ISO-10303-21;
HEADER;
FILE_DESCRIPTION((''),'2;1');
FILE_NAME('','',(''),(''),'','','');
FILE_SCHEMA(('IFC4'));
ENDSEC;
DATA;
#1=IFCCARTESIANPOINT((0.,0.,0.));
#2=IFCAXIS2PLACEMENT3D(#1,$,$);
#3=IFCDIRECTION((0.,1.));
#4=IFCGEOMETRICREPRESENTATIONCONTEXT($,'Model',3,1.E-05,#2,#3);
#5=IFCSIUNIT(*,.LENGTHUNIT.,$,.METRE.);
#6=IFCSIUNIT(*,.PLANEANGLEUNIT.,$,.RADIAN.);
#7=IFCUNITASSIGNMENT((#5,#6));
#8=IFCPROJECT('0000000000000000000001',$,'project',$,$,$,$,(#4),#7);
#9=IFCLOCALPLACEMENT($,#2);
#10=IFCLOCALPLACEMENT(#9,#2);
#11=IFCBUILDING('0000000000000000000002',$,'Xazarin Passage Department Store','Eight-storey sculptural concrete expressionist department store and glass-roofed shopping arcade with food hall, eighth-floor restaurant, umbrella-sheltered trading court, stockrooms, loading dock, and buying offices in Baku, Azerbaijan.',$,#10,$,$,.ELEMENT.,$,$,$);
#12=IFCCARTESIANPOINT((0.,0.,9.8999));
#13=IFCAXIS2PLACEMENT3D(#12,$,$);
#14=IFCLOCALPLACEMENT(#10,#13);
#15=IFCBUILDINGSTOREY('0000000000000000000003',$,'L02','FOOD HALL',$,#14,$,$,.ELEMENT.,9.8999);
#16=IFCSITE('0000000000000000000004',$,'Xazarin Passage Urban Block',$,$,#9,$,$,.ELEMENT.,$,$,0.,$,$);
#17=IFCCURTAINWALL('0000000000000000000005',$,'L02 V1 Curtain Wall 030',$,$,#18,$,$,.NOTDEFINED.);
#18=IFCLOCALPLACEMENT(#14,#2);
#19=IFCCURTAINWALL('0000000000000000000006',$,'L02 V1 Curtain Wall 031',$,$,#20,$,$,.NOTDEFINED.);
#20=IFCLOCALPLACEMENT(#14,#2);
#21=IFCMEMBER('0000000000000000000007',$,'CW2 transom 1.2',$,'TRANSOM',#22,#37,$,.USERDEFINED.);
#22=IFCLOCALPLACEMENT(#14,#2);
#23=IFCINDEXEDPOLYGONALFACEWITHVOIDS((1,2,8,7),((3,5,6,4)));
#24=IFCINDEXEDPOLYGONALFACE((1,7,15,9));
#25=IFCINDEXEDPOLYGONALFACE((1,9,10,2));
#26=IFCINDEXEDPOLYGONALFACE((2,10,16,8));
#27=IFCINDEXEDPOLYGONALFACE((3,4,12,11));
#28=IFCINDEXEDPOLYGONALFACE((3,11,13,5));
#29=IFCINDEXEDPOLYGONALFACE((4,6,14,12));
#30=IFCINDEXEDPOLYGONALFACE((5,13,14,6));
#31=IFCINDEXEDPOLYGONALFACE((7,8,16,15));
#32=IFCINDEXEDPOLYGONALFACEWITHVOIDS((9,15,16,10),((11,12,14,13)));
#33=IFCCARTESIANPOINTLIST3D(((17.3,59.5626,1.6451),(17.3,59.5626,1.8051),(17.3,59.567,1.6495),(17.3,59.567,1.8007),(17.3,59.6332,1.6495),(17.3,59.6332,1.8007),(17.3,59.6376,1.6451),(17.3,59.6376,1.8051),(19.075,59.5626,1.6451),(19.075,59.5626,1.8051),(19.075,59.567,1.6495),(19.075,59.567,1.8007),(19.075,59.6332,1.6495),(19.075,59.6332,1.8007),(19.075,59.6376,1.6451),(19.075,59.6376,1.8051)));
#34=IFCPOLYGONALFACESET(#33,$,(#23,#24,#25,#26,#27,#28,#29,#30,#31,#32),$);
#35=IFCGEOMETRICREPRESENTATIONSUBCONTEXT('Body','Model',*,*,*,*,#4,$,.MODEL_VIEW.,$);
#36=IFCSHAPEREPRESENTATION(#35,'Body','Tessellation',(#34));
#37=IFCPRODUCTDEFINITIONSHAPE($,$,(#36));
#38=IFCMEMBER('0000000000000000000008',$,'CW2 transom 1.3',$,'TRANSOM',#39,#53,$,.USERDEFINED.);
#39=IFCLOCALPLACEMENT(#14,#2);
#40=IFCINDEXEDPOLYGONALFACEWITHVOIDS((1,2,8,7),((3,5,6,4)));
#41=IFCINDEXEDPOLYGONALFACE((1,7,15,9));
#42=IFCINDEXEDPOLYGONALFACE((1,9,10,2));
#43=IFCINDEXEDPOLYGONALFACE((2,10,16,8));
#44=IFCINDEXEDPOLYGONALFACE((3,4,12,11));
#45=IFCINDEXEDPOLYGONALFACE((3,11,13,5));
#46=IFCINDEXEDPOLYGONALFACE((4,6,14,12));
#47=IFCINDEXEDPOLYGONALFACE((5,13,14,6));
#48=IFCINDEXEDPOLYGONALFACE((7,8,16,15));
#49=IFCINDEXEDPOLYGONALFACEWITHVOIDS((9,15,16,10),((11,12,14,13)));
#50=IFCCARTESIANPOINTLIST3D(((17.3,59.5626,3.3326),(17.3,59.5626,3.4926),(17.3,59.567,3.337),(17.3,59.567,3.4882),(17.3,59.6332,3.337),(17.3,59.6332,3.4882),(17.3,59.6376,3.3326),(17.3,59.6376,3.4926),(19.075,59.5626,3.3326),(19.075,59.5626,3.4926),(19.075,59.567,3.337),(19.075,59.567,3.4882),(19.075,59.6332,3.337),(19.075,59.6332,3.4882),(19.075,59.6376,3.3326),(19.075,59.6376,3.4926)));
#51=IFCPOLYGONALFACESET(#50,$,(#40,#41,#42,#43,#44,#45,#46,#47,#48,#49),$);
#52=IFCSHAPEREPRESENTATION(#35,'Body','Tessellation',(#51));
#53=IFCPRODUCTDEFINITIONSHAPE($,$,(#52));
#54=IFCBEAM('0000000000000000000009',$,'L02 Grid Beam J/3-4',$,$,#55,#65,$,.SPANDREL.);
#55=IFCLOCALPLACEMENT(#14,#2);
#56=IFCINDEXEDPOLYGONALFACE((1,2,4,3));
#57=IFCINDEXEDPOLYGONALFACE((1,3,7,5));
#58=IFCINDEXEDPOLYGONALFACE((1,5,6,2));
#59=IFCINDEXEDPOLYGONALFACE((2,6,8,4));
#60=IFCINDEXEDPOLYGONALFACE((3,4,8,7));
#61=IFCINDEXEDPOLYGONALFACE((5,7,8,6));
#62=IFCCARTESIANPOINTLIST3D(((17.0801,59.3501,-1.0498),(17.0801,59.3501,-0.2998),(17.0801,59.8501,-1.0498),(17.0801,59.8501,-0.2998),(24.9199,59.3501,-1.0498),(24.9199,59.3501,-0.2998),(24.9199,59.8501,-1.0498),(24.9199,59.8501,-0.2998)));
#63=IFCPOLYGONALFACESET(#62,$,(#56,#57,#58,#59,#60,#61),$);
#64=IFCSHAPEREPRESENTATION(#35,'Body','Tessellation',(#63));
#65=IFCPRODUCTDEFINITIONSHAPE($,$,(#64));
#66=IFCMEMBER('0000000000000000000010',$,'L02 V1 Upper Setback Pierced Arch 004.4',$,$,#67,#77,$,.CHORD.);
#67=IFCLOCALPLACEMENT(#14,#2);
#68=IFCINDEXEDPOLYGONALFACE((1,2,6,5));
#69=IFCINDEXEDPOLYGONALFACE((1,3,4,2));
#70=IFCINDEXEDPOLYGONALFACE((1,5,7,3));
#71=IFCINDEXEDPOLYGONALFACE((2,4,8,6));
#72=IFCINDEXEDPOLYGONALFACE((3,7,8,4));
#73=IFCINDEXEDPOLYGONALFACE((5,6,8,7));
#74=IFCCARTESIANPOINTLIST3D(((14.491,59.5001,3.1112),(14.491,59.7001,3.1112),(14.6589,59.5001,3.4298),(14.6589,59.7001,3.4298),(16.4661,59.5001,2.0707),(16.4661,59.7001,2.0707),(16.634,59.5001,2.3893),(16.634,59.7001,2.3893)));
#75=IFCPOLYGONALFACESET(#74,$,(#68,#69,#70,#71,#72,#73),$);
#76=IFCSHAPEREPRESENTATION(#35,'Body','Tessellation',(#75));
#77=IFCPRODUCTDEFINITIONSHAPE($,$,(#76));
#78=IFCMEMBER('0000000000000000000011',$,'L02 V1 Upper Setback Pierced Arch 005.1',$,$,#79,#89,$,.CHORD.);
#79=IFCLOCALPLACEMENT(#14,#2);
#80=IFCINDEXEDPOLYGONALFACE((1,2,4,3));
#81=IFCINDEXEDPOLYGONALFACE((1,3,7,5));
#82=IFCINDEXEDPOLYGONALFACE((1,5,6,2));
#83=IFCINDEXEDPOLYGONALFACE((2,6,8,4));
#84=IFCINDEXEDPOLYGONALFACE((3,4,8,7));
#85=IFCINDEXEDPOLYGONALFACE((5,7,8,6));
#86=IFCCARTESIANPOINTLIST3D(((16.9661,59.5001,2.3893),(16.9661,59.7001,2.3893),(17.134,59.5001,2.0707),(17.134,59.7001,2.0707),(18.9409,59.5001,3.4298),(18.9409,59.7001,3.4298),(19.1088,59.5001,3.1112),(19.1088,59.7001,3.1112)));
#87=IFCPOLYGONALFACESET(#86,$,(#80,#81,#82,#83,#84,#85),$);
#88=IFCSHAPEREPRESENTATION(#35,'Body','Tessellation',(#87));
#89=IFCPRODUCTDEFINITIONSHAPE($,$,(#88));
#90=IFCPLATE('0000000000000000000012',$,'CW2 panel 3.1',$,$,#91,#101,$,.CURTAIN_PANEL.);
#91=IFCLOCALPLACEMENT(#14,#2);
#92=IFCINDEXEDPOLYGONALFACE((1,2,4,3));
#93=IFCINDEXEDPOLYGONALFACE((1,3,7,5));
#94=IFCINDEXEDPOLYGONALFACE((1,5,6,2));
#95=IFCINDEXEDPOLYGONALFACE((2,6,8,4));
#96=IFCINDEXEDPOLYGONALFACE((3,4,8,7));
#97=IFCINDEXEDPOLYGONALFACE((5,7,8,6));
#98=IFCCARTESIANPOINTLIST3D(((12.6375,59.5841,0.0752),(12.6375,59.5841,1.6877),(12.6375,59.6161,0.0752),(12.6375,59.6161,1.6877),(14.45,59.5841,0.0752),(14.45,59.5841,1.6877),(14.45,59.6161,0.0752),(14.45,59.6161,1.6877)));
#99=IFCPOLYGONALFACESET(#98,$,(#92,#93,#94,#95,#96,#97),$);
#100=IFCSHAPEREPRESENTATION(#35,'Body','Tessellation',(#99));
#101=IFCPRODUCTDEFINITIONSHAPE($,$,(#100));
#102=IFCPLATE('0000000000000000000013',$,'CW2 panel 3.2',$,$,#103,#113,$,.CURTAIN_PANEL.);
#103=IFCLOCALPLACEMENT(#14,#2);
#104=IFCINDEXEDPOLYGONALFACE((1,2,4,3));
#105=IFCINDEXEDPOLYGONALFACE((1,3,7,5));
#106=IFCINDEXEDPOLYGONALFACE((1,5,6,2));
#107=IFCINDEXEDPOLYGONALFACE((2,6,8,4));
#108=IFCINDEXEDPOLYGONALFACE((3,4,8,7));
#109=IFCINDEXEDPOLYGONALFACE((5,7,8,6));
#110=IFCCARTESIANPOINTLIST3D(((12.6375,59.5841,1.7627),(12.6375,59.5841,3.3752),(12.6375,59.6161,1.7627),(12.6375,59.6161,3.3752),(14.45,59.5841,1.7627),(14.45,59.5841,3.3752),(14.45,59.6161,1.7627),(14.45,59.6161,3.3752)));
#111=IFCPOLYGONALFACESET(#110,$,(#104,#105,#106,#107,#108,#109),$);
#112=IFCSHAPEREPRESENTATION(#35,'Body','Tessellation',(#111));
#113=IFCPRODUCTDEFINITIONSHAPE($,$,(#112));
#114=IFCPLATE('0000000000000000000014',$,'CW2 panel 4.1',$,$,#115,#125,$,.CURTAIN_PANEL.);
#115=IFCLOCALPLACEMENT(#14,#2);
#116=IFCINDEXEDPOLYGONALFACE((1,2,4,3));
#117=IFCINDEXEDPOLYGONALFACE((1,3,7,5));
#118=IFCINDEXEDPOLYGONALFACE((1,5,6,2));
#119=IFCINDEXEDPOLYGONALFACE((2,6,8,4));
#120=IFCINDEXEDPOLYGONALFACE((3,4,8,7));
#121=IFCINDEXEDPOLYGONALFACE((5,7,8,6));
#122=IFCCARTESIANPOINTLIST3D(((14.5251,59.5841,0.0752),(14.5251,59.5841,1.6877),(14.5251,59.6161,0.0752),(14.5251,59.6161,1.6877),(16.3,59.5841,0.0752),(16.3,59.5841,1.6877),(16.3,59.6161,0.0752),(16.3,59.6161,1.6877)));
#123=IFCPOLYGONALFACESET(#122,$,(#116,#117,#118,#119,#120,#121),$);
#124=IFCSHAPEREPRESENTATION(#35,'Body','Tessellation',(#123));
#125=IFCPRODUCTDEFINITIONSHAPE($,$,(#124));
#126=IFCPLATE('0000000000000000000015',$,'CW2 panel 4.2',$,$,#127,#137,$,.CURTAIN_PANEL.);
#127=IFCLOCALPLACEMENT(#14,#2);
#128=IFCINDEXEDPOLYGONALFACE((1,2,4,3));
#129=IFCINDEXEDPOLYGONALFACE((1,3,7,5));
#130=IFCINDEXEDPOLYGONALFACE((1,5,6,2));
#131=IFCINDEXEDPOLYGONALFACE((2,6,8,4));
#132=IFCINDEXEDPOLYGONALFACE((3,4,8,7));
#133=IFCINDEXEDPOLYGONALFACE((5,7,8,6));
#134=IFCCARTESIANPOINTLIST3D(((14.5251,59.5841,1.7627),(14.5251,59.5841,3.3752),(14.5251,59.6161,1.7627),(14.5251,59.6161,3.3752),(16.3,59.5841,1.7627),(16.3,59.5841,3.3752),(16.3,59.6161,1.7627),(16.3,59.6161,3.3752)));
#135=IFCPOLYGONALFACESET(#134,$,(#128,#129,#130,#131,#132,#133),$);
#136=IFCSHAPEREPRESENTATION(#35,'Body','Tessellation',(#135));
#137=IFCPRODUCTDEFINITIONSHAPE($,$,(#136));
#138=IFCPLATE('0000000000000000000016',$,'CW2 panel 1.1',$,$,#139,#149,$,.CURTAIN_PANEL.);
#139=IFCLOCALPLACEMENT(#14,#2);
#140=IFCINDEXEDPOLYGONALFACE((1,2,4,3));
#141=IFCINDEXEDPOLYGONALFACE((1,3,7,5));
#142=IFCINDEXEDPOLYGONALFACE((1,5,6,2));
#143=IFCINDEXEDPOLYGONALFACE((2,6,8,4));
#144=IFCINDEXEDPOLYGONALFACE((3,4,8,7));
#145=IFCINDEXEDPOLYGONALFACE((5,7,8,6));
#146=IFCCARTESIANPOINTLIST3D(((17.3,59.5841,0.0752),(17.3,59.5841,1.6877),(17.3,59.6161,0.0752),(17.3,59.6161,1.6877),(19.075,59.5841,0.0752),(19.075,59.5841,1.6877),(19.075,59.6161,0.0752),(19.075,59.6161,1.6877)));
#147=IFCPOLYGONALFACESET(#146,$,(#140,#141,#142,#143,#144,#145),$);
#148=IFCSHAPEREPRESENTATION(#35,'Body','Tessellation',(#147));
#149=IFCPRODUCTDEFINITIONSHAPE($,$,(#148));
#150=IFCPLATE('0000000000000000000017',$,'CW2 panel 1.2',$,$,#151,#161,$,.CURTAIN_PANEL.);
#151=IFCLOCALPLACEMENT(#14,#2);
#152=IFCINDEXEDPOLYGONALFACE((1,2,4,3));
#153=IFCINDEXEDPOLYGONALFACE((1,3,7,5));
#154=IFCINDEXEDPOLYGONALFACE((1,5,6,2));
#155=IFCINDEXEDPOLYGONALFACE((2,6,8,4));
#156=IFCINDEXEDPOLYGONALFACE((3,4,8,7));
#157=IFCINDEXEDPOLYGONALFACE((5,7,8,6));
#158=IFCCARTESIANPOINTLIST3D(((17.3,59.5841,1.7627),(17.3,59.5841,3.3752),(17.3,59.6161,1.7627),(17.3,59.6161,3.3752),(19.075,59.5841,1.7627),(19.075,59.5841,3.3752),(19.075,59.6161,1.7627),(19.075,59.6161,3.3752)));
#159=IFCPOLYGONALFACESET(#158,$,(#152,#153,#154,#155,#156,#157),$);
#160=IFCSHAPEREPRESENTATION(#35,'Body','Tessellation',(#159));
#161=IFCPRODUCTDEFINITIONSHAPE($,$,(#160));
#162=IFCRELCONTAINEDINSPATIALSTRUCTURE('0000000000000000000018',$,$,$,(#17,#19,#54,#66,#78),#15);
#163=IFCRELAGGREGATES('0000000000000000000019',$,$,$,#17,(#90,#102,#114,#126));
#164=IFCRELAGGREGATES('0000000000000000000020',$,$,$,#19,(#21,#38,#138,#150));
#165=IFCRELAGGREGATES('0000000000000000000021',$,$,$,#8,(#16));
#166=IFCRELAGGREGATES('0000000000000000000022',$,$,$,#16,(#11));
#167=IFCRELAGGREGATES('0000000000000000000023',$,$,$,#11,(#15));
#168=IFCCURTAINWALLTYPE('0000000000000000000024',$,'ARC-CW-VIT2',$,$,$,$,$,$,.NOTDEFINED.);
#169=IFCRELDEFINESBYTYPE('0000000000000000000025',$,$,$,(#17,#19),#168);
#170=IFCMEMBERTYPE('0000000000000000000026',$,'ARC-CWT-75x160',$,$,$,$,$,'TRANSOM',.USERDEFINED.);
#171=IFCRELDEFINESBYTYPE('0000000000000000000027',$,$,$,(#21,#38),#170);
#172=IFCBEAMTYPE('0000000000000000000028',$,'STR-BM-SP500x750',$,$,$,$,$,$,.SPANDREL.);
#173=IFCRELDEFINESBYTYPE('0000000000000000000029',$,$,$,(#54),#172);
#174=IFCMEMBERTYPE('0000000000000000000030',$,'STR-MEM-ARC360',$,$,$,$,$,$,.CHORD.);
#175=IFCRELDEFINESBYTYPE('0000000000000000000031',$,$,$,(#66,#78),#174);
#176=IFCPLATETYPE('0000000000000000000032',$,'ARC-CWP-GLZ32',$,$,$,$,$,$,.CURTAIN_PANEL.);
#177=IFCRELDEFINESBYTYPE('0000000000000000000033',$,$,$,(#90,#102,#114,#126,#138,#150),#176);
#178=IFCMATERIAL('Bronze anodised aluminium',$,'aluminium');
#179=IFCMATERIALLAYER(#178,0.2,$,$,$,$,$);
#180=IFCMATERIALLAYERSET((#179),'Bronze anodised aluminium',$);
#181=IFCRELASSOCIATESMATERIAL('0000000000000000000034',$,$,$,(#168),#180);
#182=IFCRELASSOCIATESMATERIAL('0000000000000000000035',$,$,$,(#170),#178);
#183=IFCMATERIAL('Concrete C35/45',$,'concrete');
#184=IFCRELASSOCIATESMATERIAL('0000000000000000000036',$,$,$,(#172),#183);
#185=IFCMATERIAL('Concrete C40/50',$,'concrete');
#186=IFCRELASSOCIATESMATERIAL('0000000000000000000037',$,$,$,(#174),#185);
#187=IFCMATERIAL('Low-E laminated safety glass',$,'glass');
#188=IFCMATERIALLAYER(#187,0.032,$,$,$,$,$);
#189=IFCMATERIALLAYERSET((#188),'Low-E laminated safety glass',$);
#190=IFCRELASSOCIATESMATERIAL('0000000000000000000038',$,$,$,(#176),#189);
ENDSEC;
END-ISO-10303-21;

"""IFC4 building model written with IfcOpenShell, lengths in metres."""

from ifc_helpers import new_model, si_unit, direction, frame, origin, origin_2d, place, context, subcontext, project, spatial, rectangle, hollow_rectangle, extrude, material, layer, layer_set, material_profile, profile_set, type_object, element, aggregate, save


model = new_model("IFC4")

# Units and contexts
model_context = context("Model", 3, precision=1e-05, world=origin(), true_north=direction((0.0, 1.0)))
body_context = subcontext(model_context, "Body", "Model", "MODEL_VIEW")
ifc_project = project(units=[si_unit("LENGTHUNIT", "METRE"), si_unit("PLANEANGLEUNIT", "RADIAN")], contexts=[model_context])

# Site, building, storey
site_placement = place(None, origin())
site = spatial("IfcSite", under=ifc_project, at=site_placement, Name="Xazarin Passage Urban Block", CompositionType="ELEMENT", RefElevation=0.0)
building_placement = place(site_placement, origin())
building = spatial("IfcBuilding", under=site, at=building_placement, Name="Xazarin Passage Department Store", Description="Eight-storey sculptural concrete expressionist department store and glass-roofed shopping arcade with food hall, eighth-floor restaurant, umbrella-sheltered trading court, stockrooms, loading dock, and buying offices in Baku, Azerbaijan.", CompositionType="ELEMENT")
storey_placement = place(building_placement, frame((0.0, 0.0, 9.8999)))
storey = spatial("IfcBuildingStorey", under=building, at=storey_placement, Name="L02", Description="FOOD HALL", CompositionType="ELEMENT", Elevation=9.8999)

# Shared definitions
ifc_material_1 = material(Name="Concrete C40/50", Category="concrete")

# Curtain wall
ifc_material_2 = material(Name="Bronze anodised aluminium", Category="aluminium")
ifc_layer_1 = layer(ifc_material_2, 0.2)
ifc_layer_set_1 = layer_set([ifc_layer_1], Name="Bronze anodised aluminium")
curtain_wall_type = type_object("IfcCurtainWallType", Name="ARC-CW-VIT2", PredefinedType="NOTDEFINED", material=ifc_layer_set_1)
curtain_wall_1_placement = place(storey_placement, origin())
curtain_wall_1 = element("IfcCurtainWall", 1, at=curtain_wall_1_placement, inside=storey, type_object=curtain_wall_type, Name="L02 V1 Curtain Wall 030", PredefinedType="NOTDEFINED")

# Curtain wall
curtain_wall_2_placement = place(storey_placement, origin())
curtain_wall_2 = element("IfcCurtainWall", 2, at=curtain_wall_2_placement, inside=storey, type_object=curtain_wall_type, Name="L02 V1 Curtain Wall 031", PredefinedType="NOTDEFINED")

# Members
ifc_material_profile_1 = material_profile(ifc_material_2, hollow_rectangle(XDim=0.075, YDim=0.1599, WallThickness=0.0044, at=origin_2d()), Name="ALU 75x160")
ifc_profile_set_1 = profile_set([ifc_material_profile_1], Name="Bronze anodised aluminium")
member_type_1 = type_object("IfcMemberType", Name="ARC-CWT-75x160", ElementType="TRANSOM", PredefinedType="USERDEFINED", material=ifc_profile_set_1)
member_1_placement = place(storey_placement, frame((17.3, 59.6001, 1.7251), z_axis=(1.0, 0.0, 0.0), x_axis=(0.0, 1.0, 0.0)))
member_1 = element("IfcMember", 3, at=member_1_placement, type_object=member_type_1, Name="CW2 transom 1.2", ObjectType="TRANSOM", PredefinedType="USERDEFINED", context=body_context, shape_type="SweptSolid", body=[
    extrude(hollow_rectangle(XDim=0.075, YDim=0.1599, WallThickness=0.0044, at=origin_2d()), origin(), (0.0, 0.0, 1.0), 1.7749),
])
member_2_placement = place(storey_placement, frame((17.3, 59.6001, 3.4126), z_axis=(1.0, 0.0, 0.0), x_axis=(0.0, 1.0, 0.0)))
member_2 = element("IfcMember", 4, at=member_2_placement, type_object=member_type_1, Name="CW2 transom 1.3", ObjectType="TRANSOM", PredefinedType="USERDEFINED", context=body_context, shape_type="SweptSolid", body=[
    extrude(hollow_rectangle(XDim=0.075, YDim=0.1599, WallThickness=0.0044, at=origin_2d()), origin(), (0.0, 0.0, 1.0), 1.7749),
])

# Beam
ifc_material_3 = material(Name="Concrete C35/45", Category="concrete")
ifc_material_profile_2 = material_profile(ifc_material_3, rectangle(XDim=0.5, YDim=0.75, at=origin_2d()), Name="RC 500x750")
ifc_profile_set_2 = profile_set([ifc_material_profile_2], Name="Concrete C35/45")
beam_type = type_object("IfcBeamType", Name="STR-BM-SP500x750", PredefinedType="SPANDREL", material=ifc_profile_set_2)
beam_placement = place(storey_placement, frame((17.0801, 59.6001, -0.6748), z_axis=(1.0, 0.0, 0.0), x_axis=(0.0, 1.0, 0.0)))
element("IfcBeam", 5, at=beam_placement, inside=storey, type_object=beam_type, Name="L02 Grid Beam J/3-4", PredefinedType="SPANDREL", context=body_context, shape_type="SweptSolid", body=[
    extrude(rectangle(XDim=0.5, YDim=0.75, at=origin_2d()), origin(), (0.0, 0.0, 1.0), 7.8398),
])

# Members
ifc_material_profile_3 = material_profile(ifc_material_1, rectangle(XDim=0.2, YDim=0.3601, at=origin_2d()), Name="RC 200x360")
ifc_profile_set_3 = profile_set([ifc_material_profile_3], Name="Concrete C40/50")
member_type_2 = type_object("IfcMemberType", Name="STR-MEM-ARC360", PredefinedType="CHORD", material=ifc_profile_set_3)
member_3_placement = place(storey_placement, frame((14.575, 59.6001, 3.2705), z_axis=(0.884733, 0.0, -0.466098), x_axis=(0.0, 1.0, 0.0)))
element("IfcMember", 6, at=member_3_placement, inside=storey, type_object=member_type_2, Name="L02 V1 Upper Setback Pierced Arch 004.4", PredefinedType="CHORD", context=body_context, shape_type="SweptSolid", body=[
    extrude(rectangle(XDim=0.2, YDim=0.3601, at=origin_2d()), origin(), (0.0, 0.0, 1.0), 2.2324),
])
member_4_placement = place(storey_placement, frame((17.05, 59.6001, 2.23), z_axis=(0.884709, 0.0, 0.466143), x_axis=(0.0, 1.0, 0.0)))
element("IfcMember", 7, at=member_4_placement, inside=storey, type_object=member_type_2, Name="L02 V1 Upper Setback Pierced Arch 005.1", PredefinedType="CHORD", context=body_context, shape_type="SweptSolid", body=[
    extrude(rectangle(XDim=0.2, YDim=0.3601, at=origin_2d()), origin(), (0.0, 0.0, 1.0), 2.2322),
])

# Plates
ifc_material_4 = material(Name="Low-E laminated safety glass", Category="glass")
ifc_layer_2 = layer(ifc_material_4, 0.032)
ifc_layer_set_2 = layer_set([ifc_layer_2], Name="Low-E laminated safety glass")
plate_type = type_object("IfcPlateType", Name="ARC-CWP-GLZ32", PredefinedType="CURTAIN_PANEL", material=ifc_layer_set_2)
plate_1_placement = place(storey_placement, frame((13.5437, 59.6001, 0.0752), z_axis=(0.0, 0.0, 1.0), x_axis=(1.0, 0.0, 0.0)))
plate_1 = element("IfcPlate", 8, at=plate_1_placement, type_object=plate_type, Name="CW2 panel 3.1", PredefinedType="CURTAIN_PANEL", context=body_context, shape_type="SweptSolid", body=[
    extrude(rectangle(XDim=1.8125, YDim=0.032, at=origin_2d()), origin(), (0.0, 0.0, 1.0), 1.6125),
])
plate_2_placement = place(storey_placement, frame((13.5437, 59.6001, 1.7627), z_axis=(0.0, 0.0, 1.0), x_axis=(1.0, 0.0, 0.0)))
plate_2 = element("IfcPlate", 9, at=plate_2_placement, type_object=plate_type, Name="CW2 panel 3.2", PredefinedType="CURTAIN_PANEL", context=body_context, shape_type="SweptSolid", body=[
    extrude(rectangle(XDim=1.8125, YDim=0.032, at=origin_2d()), origin(), (0.0, 0.0, 1.0), 1.6125),
])
plate_3_placement = place(storey_placement, frame((15.4126, 59.6001, 0.0752), z_axis=(0.0, 0.0, 1.0), x_axis=(1.0, 0.0, 0.0)))
plate_3 = element("IfcPlate", 10, at=plate_3_placement, type_object=plate_type, Name="CW2 panel 4.1", PredefinedType="CURTAIN_PANEL", context=body_context, shape_type="SweptSolid", body=[
    extrude(rectangle(XDim=1.7749, YDim=0.032, at=origin_2d()), origin(), (0.0, 0.0, 1.0), 1.6125),
])
plate_4_placement = place(storey_placement, frame((15.4126, 59.6001, 1.7627), z_axis=(0.0, 0.0, 1.0), x_axis=(1.0, 0.0, 0.0)))
plate_4 = element("IfcPlate", 11, at=plate_4_placement, type_object=plate_type, Name="CW2 panel 4.2", PredefinedType="CURTAIN_PANEL", context=body_context, shape_type="SweptSolid", body=[
    extrude(rectangle(XDim=1.7749, YDim=0.032, at=origin_2d()), origin(), (0.0, 0.0, 1.0), 1.6125),
])
aggregate(curtain_wall_1, [plate_1, plate_2, plate_3, plate_4])
plate_5_placement = place(storey_placement, frame((18.1875, 59.6001, 0.0752), z_axis=(0.0, 0.0, 1.0), x_axis=(1.0, 0.0, 0.0)))
plate_5 = element("IfcPlate", 12, at=plate_5_placement, type_object=plate_type, Name="CW2 panel 1.1", PredefinedType="CURTAIN_PANEL", context=body_context, shape_type="SweptSolid", body=[
    extrude(rectangle(XDim=1.7749, YDim=0.032, at=origin_2d()), origin(), (0.0, 0.0, 1.0), 1.6125),
])
plate_6_placement = place(storey_placement, frame((18.1875, 59.6001, 1.7627), z_axis=(0.0, 0.0, 1.0), x_axis=(1.0, 0.0, 0.0)))
plate_6 = element("IfcPlate", 13, at=plate_6_placement, type_object=plate_type, Name="CW2 panel 1.2", PredefinedType="CURTAIN_PANEL", context=body_context, shape_type="SweptSolid", body=[
    extrude(rectangle(XDim=1.7749, YDim=0.032, at=origin_2d()), origin(), (0.0, 0.0, 1.0), 1.6125),
])
aggregate(curtain_wall_2, [member_1, member_2, plate_5, plate_6])

save(model, "model.ifc")
